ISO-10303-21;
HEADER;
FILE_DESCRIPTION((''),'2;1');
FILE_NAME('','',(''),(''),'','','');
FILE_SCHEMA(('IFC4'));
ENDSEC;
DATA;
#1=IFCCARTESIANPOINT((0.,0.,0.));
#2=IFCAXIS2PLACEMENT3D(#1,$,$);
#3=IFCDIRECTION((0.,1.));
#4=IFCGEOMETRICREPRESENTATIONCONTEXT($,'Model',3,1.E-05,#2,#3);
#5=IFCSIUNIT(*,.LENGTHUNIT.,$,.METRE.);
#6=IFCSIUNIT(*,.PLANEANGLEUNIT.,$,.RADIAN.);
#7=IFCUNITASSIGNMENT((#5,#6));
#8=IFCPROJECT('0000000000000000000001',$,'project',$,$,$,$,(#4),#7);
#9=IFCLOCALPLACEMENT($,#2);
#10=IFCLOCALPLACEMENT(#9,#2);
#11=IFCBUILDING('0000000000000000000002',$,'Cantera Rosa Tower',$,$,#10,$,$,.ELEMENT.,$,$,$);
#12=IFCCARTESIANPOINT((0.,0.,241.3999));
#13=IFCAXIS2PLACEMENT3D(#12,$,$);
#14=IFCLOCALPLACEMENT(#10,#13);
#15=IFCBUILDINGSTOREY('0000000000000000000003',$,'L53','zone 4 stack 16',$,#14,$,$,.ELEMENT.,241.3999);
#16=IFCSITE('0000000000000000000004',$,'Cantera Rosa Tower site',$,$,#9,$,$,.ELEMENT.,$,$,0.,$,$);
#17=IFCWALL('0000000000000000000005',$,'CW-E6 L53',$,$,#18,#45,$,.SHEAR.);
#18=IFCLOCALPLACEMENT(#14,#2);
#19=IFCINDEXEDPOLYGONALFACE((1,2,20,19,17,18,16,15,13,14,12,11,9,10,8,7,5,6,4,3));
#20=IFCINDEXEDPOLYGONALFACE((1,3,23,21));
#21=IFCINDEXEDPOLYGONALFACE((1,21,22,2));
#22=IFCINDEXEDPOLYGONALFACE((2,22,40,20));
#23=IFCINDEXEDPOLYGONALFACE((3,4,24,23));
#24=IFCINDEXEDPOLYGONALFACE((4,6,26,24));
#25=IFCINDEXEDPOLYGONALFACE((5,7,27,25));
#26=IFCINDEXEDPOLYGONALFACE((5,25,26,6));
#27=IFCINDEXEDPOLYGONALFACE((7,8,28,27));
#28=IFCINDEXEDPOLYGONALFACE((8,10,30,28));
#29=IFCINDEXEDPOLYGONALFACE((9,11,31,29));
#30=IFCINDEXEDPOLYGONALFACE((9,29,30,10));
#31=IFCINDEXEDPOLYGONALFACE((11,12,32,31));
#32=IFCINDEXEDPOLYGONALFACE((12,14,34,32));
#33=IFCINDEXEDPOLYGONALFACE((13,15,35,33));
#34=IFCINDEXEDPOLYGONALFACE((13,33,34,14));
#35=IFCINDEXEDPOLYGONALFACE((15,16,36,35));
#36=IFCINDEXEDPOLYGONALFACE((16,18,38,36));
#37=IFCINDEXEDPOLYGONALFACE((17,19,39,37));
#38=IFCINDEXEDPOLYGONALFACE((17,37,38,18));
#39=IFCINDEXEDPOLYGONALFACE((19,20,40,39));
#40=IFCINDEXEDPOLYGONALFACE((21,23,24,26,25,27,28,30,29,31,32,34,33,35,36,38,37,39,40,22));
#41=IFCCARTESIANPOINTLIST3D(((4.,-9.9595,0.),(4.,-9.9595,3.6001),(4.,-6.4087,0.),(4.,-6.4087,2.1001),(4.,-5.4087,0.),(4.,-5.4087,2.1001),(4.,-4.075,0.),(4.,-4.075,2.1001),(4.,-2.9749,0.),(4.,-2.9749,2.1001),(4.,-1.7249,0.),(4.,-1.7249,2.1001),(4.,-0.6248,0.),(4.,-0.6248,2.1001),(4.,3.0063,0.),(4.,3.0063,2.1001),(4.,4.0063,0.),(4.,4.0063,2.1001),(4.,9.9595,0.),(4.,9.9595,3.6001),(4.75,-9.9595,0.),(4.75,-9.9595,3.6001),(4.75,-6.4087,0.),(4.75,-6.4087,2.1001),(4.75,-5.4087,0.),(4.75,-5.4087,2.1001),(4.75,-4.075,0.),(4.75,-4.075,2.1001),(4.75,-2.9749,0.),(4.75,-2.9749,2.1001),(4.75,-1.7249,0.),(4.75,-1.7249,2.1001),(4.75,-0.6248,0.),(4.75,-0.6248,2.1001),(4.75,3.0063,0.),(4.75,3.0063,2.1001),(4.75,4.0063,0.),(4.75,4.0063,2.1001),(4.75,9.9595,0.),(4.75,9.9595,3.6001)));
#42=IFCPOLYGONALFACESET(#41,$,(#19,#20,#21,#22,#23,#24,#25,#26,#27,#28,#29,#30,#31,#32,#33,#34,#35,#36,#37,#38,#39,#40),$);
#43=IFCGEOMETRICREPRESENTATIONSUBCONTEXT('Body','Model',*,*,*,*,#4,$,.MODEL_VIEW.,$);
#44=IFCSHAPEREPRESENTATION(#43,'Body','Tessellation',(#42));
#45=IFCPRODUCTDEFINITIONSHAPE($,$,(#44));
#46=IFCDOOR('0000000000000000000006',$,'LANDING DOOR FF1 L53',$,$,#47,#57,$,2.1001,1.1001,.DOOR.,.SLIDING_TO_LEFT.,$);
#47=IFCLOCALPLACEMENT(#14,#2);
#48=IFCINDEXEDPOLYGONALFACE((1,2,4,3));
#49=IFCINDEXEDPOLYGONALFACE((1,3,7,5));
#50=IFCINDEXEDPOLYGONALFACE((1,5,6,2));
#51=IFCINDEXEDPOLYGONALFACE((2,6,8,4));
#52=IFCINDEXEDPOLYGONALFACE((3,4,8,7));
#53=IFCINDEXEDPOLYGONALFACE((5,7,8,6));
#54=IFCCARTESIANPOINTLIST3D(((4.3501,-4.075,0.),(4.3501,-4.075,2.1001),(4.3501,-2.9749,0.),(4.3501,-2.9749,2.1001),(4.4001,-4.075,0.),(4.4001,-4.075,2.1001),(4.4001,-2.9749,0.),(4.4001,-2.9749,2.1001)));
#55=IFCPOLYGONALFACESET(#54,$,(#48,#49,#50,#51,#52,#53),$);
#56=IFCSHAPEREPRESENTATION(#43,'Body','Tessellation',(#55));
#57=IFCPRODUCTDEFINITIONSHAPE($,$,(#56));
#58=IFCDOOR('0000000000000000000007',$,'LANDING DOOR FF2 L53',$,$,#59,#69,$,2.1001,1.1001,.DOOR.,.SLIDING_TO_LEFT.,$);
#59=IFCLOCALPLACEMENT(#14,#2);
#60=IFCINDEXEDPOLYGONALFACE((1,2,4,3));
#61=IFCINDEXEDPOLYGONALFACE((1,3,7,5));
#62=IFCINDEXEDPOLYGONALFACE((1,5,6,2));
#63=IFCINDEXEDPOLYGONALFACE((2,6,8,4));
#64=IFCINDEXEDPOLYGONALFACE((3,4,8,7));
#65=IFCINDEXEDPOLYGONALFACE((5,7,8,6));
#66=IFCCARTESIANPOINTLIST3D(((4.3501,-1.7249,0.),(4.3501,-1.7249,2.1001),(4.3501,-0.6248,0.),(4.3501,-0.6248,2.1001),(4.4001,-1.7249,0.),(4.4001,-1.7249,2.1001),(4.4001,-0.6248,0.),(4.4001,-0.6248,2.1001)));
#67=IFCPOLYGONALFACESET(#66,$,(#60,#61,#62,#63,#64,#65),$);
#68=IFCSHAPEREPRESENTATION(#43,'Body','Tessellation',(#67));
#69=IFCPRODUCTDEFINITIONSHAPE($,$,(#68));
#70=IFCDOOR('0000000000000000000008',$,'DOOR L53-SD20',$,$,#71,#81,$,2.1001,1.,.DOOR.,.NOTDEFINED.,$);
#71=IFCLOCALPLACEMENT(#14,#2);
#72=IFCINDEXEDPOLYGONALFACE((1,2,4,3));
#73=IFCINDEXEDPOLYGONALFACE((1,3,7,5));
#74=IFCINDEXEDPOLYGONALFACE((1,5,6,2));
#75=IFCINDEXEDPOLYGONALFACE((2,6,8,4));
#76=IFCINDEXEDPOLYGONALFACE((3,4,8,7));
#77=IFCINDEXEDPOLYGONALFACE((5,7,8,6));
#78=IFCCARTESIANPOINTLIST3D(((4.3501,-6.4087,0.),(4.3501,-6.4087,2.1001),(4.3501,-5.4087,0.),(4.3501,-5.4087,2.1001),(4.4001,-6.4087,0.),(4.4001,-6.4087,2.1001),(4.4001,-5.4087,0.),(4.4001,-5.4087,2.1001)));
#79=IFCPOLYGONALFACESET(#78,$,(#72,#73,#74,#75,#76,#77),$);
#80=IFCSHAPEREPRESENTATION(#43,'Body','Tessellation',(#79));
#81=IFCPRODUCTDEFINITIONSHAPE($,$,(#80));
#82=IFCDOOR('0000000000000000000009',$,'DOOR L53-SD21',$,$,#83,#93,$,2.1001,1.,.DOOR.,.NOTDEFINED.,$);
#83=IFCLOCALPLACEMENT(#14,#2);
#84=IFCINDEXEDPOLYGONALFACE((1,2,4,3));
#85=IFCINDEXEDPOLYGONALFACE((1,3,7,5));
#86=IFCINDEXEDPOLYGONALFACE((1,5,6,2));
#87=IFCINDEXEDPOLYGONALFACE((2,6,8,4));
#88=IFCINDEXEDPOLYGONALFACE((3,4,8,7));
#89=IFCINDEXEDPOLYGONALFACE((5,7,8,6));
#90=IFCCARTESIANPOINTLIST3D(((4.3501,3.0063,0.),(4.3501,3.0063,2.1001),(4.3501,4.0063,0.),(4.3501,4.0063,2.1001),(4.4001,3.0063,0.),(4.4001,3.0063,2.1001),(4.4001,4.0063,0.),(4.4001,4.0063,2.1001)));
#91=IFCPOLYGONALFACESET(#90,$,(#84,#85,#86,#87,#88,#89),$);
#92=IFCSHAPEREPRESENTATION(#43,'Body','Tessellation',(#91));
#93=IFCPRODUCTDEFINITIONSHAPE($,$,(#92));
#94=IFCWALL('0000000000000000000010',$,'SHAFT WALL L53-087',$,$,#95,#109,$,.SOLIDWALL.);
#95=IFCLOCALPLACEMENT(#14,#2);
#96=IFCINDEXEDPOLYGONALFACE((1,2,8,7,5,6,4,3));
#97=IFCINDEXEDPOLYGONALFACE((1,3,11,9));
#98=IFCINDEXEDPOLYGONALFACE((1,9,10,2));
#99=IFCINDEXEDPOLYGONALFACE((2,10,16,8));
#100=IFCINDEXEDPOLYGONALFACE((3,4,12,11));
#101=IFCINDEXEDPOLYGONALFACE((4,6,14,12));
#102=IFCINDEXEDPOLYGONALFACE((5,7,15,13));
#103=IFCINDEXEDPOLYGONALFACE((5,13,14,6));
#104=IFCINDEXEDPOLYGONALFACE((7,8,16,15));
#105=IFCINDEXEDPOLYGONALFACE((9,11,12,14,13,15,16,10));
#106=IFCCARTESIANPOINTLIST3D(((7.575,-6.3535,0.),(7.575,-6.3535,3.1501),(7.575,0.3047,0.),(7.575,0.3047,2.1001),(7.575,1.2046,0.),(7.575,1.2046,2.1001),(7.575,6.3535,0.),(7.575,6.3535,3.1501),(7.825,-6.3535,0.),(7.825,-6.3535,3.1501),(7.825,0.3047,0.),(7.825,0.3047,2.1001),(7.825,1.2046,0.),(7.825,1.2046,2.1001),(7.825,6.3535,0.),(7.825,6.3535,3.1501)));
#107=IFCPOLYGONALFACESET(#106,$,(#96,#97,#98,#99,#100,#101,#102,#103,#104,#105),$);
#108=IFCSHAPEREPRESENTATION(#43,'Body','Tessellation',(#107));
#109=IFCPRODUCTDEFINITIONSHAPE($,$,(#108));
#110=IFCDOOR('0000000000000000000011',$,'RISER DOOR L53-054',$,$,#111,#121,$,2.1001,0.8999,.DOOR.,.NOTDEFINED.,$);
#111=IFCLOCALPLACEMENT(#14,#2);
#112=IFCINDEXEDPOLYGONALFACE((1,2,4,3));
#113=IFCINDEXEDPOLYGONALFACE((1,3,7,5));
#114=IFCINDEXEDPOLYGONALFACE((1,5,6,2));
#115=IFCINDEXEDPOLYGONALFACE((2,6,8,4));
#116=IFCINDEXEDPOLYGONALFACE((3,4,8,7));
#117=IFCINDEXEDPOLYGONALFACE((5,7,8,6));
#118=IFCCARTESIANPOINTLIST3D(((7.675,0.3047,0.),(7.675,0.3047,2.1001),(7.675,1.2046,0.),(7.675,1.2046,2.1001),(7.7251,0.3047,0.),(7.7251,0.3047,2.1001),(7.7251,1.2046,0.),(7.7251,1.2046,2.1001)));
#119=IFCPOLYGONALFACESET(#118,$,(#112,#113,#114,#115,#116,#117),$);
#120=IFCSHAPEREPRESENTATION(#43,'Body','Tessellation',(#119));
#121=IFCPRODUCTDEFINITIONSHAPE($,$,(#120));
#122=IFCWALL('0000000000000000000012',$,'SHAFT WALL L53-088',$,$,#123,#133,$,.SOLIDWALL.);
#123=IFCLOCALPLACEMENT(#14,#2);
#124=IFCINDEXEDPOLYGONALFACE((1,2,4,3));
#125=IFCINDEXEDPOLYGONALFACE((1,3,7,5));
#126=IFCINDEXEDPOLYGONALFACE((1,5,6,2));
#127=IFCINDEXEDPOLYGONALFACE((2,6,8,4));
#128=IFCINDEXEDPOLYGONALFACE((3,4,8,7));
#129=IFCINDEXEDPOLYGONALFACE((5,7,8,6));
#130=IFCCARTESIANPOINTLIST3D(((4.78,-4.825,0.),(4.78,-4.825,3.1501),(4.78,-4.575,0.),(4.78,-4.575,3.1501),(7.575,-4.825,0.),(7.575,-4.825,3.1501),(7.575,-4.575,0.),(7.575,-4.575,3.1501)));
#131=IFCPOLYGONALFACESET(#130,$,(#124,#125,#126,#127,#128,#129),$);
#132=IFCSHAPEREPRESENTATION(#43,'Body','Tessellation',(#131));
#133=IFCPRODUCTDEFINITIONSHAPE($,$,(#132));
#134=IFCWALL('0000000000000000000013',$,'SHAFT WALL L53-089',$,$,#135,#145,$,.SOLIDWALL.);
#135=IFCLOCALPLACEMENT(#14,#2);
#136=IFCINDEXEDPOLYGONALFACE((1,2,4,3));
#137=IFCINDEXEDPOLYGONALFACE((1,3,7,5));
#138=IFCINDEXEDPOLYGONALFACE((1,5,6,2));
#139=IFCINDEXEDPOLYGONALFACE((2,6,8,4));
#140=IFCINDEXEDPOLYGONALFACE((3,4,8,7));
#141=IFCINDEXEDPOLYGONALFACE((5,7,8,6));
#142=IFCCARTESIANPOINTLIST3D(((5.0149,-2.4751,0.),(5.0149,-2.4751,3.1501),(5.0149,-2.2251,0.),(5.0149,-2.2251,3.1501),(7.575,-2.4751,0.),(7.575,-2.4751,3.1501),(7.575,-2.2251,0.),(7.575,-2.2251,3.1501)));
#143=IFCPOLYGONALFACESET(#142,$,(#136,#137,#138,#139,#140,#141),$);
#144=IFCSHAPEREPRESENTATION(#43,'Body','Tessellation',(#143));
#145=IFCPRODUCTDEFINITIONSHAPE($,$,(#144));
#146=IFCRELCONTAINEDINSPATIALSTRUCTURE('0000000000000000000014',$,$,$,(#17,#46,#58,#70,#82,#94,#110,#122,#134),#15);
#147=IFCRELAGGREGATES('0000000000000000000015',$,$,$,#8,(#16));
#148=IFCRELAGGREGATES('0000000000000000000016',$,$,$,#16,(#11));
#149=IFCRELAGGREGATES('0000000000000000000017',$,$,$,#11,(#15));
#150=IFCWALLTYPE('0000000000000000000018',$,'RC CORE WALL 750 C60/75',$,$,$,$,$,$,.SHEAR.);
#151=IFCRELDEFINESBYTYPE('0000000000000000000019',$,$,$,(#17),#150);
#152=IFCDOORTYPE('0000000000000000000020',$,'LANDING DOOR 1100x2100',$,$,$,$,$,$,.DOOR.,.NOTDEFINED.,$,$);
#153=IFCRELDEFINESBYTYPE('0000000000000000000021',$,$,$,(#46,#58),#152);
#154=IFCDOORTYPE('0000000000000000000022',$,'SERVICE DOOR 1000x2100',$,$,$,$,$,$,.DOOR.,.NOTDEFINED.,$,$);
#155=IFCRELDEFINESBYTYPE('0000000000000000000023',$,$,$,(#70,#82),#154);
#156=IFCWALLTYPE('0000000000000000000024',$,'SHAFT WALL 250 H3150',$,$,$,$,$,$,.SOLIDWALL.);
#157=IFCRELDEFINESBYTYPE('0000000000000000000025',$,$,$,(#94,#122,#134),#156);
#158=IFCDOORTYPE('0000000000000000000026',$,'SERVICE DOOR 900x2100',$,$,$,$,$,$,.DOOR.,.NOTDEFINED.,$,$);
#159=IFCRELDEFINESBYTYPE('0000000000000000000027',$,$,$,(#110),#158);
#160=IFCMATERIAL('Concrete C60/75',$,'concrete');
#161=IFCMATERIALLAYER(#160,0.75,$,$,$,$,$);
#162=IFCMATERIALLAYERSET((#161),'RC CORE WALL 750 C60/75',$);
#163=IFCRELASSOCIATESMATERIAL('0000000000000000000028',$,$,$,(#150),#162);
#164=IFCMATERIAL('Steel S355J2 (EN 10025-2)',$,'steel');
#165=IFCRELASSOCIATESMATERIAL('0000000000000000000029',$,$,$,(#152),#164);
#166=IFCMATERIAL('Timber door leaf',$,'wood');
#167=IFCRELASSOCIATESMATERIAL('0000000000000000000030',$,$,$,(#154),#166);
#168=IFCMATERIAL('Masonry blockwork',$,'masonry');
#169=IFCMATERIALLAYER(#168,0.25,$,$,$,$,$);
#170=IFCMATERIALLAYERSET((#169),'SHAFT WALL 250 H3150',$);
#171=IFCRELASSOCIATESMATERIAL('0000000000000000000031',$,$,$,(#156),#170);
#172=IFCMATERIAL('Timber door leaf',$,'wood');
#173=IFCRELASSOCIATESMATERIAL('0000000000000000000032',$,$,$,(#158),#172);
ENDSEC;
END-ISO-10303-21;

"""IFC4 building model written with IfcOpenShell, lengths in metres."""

from ifc_helpers import new_model, si_unit, direction, frame, frame_2d, origin, place, context, subcontext, project, spatial, rectangle, extrude, material, layer, layer_set, type_object, element, fill, save


model = new_model("IFC4")

# Units and contexts
model_context = context("Model", 3, precision=1e-05, world=origin(), true_north=direction((0.0, 1.0)))
body_context = subcontext(model_context, "Body", "Model", "MODEL_VIEW")
ifc_project = project(units=[si_unit("LENGTHUNIT", "METRE"), si_unit("PLANEANGLEUNIT", "RADIAN")], contexts=[model_context])

# Site, building, storey
site_placement = place(None, origin())
site = spatial("IfcSite", under=ifc_project, at=site_placement, Name="Cantera Rosa Tower site", CompositionType="ELEMENT", RefElevation=0.0)
building_placement = place(site_placement, origin())
building = spatial("IfcBuilding", under=site, at=building_placement, Name="Cantera Rosa Tower", CompositionType="ELEMENT")
storey_placement = place(building_placement, frame((0.0, 0.0, 241.3999)))
storey = spatial("IfcBuildingStorey", under=building, at=storey_placement, Name="L53", Description="zone 4 stack 16", CompositionType="ELEMENT", Elevation=241.3999)

# Shared definitions
ifc_material_1 = material(Name="Concrete C60/75", Category="concrete")
ifc_layer_1 = layer(ifc_material_1, 0.75)
ifc_layer_set_1 = layer_set([ifc_layer_1], Name="RC CORE WALL 750 C60/75")
wall_type_1 = type_object("IfcWallType", Name="RC CORE WALL 750 C60/75", PredefinedType="SHEAR", material=ifc_layer_set_1)

# Wall, openings, doors
wall_1_placement = place(storey_placement, frame((4.375, -9.9595, 0.0), z_axis=(0.0, 0.0, 1.0), x_axis=(0.0, 1.0, 0.0)))
wall_1 = element("IfcWall", 1, at=wall_1_placement, inside=storey, type_object=wall_type_1, Name="CW-E6 L53", PredefinedType="SHEAR", context=body_context, shape_type="SweptSolid", body=[
    extrude(rectangle(XDim=19.9189, YDim=0.75, at=frame_2d((9.9595, 0.0))), origin(), (0.0, 0.0, 1.0), 3.6001),
])
opening_1_placement = place(wall_1_placement, frame((5.8845, 0.0, 0.0)))
opening_1 = element("IfcOpeningElement", 2, at=opening_1_placement, cuts=wall_1, PredefinedType="OPENING", context=body_context, shape_type="SweptSolid", body=[
    extrude(rectangle(XDim=1.1001, YDim=2.1001, at=frame_2d((0.55, 1.05))), frame((0.0, 0.385, 0.0), z_axis=(0.0, -1.0, 0.0), x_axis=(1.0, 0.0, 0.0)), (0.0, 0.0, 1.0), 0.77),
])
opening_2_placement = place(wall_1_placement, frame((8.2346, 0.0, 0.0)))
opening_2 = element("IfcOpeningElement", 3, at=opening_2_placement, cuts=wall_1, PredefinedType="OPENING", context=body_context, shape_type="SweptSolid", body=[
    extrude(rectangle(XDim=1.1001, YDim=2.1001, at=frame_2d((0.55, 1.05))), frame((0.0, 0.385, 0.0), z_axis=(0.0, -1.0, 0.0), x_axis=(1.0, 0.0, 0.0)), (0.0, 0.0, 1.0), 0.77),
])
opening_3_placement = place(wall_1_placement, frame((3.5508, 0.0, 0.0)))
opening_3 = element("IfcOpeningElement", 4, at=opening_3_placement, cuts=wall_1, PredefinedType="OPENING", context=body_context, shape_type="SweptSolid", body=[
    extrude(rectangle(XDim=1.0, YDim=2.1001, at=frame_2d((0.5, 1.05))), frame((0.0, 0.385, 0.0), z_axis=(0.0, -1.0, 0.0), x_axis=(1.0, 0.0, 0.0)), (0.0, 0.0, 1.0), 0.77),
])
opening_4_placement = place(wall_1_placement, frame((12.9658, 0.0, 0.0)))
opening_4 = element("IfcOpeningElement", 5, at=opening_4_placement, cuts=wall_1, PredefinedType="OPENING", context=body_context, shape_type="SweptSolid", body=[
    extrude(rectangle(XDim=1.0, YDim=2.1001, at=frame_2d((0.5, 1.05))), frame((0.0, 0.385, 0.0), z_axis=(0.0, -1.0, 0.0), x_axis=(1.0, 0.0, 0.0)), (0.0, 0.0, 1.0), 0.77),
])
ifc_material_2 = material(Name="Steel S355J2 (EN 10025-2)", Category="steel")
door_type_1 = type_object("IfcDoorType", Name="LANDING DOOR 1100x2100", OperationType="NOTDEFINED", PredefinedType="DOOR", material=ifc_material_2)
door_1_placement = place(opening_1_placement, origin())
door_1 = element("IfcDoor", 6, at=door_1_placement, inside=storey, type_object=door_type_1, Name="LANDING DOOR FF1 L53", OperationType="SLIDING_TO_LEFT", OverallHeight=2.1001, OverallWidth=1.1001, PredefinedType="DOOR", context=body_context, shape_type="SweptSolid", body=[
    extrude(rectangle(XDim=1.1001, YDim=2.1001, at=frame_2d((0.55, 1.05))), frame((0.0, 0.0249, 0.0), z_axis=(0.0, -1.0, 0.0), x_axis=(1.0, 0.0, 0.0)), (0.0, 0.0, 1.0), 0.05),
])
fill(opening_1, door_1)
door_2_placement = place(opening_2_placement, origin())
door_2 = element("IfcDoor", 7, at=door_2_placement, inside=storey, type_object=door_type_1, Name="LANDING DOOR FF2 L53", OperationType="SLIDING_TO_LEFT", OverallHeight=2.1001, OverallWidth=1.1001, PredefinedType="DOOR", context=body_context, shape_type="SweptSolid", body=[
    extrude(rectangle(XDim=1.1001, YDim=2.1001, at=frame_2d((0.55, 1.05))), frame((0.0, 0.0249, 0.0), z_axis=(0.0, -1.0, 0.0), x_axis=(1.0, 0.0, 0.0)), (0.0, 0.0, 1.0), 0.05),
])
fill(opening_2, door_2)
ifc_material_3 = material(Name="Timber door leaf", Category="wood")
door_type_2 = type_object("IfcDoorType", Name="SERVICE DOOR 1000x2100", OperationType="NOTDEFINED", PredefinedType="DOOR", material=ifc_material_3)
door_3_placement = place(opening_3_placement, origin())
door_3 = element("IfcDoor", 8, at=door_3_placement, inside=storey, type_object=door_type_2, Name="DOOR L53-SD20", OperationType="NOTDEFINED", OverallHeight=2.1001, OverallWidth=1.0, PredefinedType="DOOR", context=body_context, shape_type="SweptSolid", body=[
    extrude(rectangle(XDim=1.0, YDim=2.1001, at=frame_2d((0.5, 1.05))), frame((0.0, 0.0249, 0.0), z_axis=(0.0, -1.0, 0.0), x_axis=(1.0, 0.0, 0.0)), (0.0, 0.0, 1.0), 0.05),
])
fill(opening_3, door_3)
door_4_placement = place(opening_4_placement, origin())
door_4 = element("IfcDoor", 9, at=door_4_placement, inside=storey, type_object=door_type_2, Name="DOOR L53-SD21", OperationType="NOTDEFINED", OverallHeight=2.1001, OverallWidth=1.0, PredefinedType="DOOR", context=body_context, shape_type="SweptSolid", body=[
    extrude(rectangle(XDim=1.0, YDim=2.1001, at=frame_2d((0.5, 1.05))), frame((0.0, 0.0249, 0.0), z_axis=(0.0, -1.0, 0.0), x_axis=(1.0, 0.0, 0.0)), (0.0, 0.0, 1.0), 0.05),
])
fill(opening_4, door_4)

# Wall, opening, door
ifc_material_4 = material(Name="Masonry blockwork", Category="masonry")
ifc_layer_2 = layer(ifc_material_4, 0.25)
ifc_layer_set_2 = layer_set([ifc_layer_2], Name="SHAFT WALL 250 H3150")
wall_type_2 = type_object("IfcWallType", Name="SHAFT WALL 250 H3150", PredefinedType="SOLIDWALL", material=ifc_layer_set_2)
wall_2_placement = place(storey_placement, frame((7.7, -6.3535, 0.0), z_axis=(0.0, 0.0, 1.0), x_axis=(0.0, 1.0, 0.0)))
wall_2 = element("IfcWall", 10, at=wall_2_placement, inside=storey, type_object=wall_type_2, Name="SHAFT WALL L53-087", PredefinedType="SOLIDWALL", context=body_context, shape_type="SweptSolid", body=[
    extrude(rectangle(XDim=12.707, YDim=0.25, at=frame_2d((6.3535, 0.0))), origin(), (0.0, 0.0, 1.0), 3.1501),
])
opening_5_placement = place(wall_2_placement, frame((6.6582, 0.0, 0.0)))
opening_5 = element("IfcOpeningElement", 11, at=opening_5_placement, cuts=wall_2, PredefinedType="OPENING", context=body_context, shape_type="SweptSolid", body=[
    extrude(rectangle(XDim=0.8999, YDim=2.1001, at=frame_2d((0.45, 1.05))), frame((0.0, 0.135, 0.0), z_axis=(0.0, -1.0, 0.0), x_axis=(1.0, 0.0, 0.0)), (0.0, 0.0, 1.0), 0.27),
])
ifc_material_5 = material(Name="Timber door leaf", Category="wood")
door_type_3 = type_object("IfcDoorType", Name="SERVICE DOOR 900x2100", OperationType="NOTDEFINED", PredefinedType="DOOR", material=ifc_material_5)
door_5_placement = place(opening_5_placement, origin())
door_5 = element("IfcDoor", 12, at=door_5_placement, inside=storey, type_object=door_type_3, Name="RISER DOOR L53-054", OperationType="NOTDEFINED", OverallHeight=2.1001, OverallWidth=0.8999, PredefinedType="DOOR", context=body_context, shape_type="SweptSolid", body=[
    extrude(rectangle(XDim=0.8999, YDim=2.1001, at=frame_2d((0.45, 1.05))), frame((0.0, 0.0249, 0.0), z_axis=(0.0, -1.0, 0.0), x_axis=(1.0, 0.0, 0.0)), (0.0, 0.0, 1.0), 0.05),
])
fill(opening_5, door_5)

# Walls
wall_3_placement = place(storey_placement, frame((7.575, -4.7, 0.0), z_axis=(0.0, 0.0, 1.0), x_axis=(-1.0, 0.0, 0.0)))
element("IfcWall", 13, at=wall_3_placement, inside=storey, type_object=wall_type_2, Name="SHAFT WALL L53-088", PredefinedType="SOLIDWALL", context=body_context, shape_type="SweptSolid", body=[
    extrude(rectangle(XDim=2.7949, YDim=0.25, at=frame_2d((1.3975, 0.0))), origin(), (0.0, 0.0, 1.0), 3.1501),
])
wall_4_placement = place(storey_placement, frame((7.575, -2.3501, 0.0), z_axis=(0.0, 0.0, 1.0), x_axis=(-1.0, 0.0, 0.0)))
element("IfcWall", 14, at=wall_4_placement, inside=storey, type_object=wall_type_2, Name="SHAFT WALL L53-089", PredefinedType="SOLIDWALL", context=body_context, shape_type="SweptSolid", body=[
    extrude(rectangle(XDim=2.5601, YDim=0.25, at=frame_2d((1.28, 0.0))), origin(), (0.0, 0.0, 1.0), 3.1501),
])

save(model, "model.ifc")
